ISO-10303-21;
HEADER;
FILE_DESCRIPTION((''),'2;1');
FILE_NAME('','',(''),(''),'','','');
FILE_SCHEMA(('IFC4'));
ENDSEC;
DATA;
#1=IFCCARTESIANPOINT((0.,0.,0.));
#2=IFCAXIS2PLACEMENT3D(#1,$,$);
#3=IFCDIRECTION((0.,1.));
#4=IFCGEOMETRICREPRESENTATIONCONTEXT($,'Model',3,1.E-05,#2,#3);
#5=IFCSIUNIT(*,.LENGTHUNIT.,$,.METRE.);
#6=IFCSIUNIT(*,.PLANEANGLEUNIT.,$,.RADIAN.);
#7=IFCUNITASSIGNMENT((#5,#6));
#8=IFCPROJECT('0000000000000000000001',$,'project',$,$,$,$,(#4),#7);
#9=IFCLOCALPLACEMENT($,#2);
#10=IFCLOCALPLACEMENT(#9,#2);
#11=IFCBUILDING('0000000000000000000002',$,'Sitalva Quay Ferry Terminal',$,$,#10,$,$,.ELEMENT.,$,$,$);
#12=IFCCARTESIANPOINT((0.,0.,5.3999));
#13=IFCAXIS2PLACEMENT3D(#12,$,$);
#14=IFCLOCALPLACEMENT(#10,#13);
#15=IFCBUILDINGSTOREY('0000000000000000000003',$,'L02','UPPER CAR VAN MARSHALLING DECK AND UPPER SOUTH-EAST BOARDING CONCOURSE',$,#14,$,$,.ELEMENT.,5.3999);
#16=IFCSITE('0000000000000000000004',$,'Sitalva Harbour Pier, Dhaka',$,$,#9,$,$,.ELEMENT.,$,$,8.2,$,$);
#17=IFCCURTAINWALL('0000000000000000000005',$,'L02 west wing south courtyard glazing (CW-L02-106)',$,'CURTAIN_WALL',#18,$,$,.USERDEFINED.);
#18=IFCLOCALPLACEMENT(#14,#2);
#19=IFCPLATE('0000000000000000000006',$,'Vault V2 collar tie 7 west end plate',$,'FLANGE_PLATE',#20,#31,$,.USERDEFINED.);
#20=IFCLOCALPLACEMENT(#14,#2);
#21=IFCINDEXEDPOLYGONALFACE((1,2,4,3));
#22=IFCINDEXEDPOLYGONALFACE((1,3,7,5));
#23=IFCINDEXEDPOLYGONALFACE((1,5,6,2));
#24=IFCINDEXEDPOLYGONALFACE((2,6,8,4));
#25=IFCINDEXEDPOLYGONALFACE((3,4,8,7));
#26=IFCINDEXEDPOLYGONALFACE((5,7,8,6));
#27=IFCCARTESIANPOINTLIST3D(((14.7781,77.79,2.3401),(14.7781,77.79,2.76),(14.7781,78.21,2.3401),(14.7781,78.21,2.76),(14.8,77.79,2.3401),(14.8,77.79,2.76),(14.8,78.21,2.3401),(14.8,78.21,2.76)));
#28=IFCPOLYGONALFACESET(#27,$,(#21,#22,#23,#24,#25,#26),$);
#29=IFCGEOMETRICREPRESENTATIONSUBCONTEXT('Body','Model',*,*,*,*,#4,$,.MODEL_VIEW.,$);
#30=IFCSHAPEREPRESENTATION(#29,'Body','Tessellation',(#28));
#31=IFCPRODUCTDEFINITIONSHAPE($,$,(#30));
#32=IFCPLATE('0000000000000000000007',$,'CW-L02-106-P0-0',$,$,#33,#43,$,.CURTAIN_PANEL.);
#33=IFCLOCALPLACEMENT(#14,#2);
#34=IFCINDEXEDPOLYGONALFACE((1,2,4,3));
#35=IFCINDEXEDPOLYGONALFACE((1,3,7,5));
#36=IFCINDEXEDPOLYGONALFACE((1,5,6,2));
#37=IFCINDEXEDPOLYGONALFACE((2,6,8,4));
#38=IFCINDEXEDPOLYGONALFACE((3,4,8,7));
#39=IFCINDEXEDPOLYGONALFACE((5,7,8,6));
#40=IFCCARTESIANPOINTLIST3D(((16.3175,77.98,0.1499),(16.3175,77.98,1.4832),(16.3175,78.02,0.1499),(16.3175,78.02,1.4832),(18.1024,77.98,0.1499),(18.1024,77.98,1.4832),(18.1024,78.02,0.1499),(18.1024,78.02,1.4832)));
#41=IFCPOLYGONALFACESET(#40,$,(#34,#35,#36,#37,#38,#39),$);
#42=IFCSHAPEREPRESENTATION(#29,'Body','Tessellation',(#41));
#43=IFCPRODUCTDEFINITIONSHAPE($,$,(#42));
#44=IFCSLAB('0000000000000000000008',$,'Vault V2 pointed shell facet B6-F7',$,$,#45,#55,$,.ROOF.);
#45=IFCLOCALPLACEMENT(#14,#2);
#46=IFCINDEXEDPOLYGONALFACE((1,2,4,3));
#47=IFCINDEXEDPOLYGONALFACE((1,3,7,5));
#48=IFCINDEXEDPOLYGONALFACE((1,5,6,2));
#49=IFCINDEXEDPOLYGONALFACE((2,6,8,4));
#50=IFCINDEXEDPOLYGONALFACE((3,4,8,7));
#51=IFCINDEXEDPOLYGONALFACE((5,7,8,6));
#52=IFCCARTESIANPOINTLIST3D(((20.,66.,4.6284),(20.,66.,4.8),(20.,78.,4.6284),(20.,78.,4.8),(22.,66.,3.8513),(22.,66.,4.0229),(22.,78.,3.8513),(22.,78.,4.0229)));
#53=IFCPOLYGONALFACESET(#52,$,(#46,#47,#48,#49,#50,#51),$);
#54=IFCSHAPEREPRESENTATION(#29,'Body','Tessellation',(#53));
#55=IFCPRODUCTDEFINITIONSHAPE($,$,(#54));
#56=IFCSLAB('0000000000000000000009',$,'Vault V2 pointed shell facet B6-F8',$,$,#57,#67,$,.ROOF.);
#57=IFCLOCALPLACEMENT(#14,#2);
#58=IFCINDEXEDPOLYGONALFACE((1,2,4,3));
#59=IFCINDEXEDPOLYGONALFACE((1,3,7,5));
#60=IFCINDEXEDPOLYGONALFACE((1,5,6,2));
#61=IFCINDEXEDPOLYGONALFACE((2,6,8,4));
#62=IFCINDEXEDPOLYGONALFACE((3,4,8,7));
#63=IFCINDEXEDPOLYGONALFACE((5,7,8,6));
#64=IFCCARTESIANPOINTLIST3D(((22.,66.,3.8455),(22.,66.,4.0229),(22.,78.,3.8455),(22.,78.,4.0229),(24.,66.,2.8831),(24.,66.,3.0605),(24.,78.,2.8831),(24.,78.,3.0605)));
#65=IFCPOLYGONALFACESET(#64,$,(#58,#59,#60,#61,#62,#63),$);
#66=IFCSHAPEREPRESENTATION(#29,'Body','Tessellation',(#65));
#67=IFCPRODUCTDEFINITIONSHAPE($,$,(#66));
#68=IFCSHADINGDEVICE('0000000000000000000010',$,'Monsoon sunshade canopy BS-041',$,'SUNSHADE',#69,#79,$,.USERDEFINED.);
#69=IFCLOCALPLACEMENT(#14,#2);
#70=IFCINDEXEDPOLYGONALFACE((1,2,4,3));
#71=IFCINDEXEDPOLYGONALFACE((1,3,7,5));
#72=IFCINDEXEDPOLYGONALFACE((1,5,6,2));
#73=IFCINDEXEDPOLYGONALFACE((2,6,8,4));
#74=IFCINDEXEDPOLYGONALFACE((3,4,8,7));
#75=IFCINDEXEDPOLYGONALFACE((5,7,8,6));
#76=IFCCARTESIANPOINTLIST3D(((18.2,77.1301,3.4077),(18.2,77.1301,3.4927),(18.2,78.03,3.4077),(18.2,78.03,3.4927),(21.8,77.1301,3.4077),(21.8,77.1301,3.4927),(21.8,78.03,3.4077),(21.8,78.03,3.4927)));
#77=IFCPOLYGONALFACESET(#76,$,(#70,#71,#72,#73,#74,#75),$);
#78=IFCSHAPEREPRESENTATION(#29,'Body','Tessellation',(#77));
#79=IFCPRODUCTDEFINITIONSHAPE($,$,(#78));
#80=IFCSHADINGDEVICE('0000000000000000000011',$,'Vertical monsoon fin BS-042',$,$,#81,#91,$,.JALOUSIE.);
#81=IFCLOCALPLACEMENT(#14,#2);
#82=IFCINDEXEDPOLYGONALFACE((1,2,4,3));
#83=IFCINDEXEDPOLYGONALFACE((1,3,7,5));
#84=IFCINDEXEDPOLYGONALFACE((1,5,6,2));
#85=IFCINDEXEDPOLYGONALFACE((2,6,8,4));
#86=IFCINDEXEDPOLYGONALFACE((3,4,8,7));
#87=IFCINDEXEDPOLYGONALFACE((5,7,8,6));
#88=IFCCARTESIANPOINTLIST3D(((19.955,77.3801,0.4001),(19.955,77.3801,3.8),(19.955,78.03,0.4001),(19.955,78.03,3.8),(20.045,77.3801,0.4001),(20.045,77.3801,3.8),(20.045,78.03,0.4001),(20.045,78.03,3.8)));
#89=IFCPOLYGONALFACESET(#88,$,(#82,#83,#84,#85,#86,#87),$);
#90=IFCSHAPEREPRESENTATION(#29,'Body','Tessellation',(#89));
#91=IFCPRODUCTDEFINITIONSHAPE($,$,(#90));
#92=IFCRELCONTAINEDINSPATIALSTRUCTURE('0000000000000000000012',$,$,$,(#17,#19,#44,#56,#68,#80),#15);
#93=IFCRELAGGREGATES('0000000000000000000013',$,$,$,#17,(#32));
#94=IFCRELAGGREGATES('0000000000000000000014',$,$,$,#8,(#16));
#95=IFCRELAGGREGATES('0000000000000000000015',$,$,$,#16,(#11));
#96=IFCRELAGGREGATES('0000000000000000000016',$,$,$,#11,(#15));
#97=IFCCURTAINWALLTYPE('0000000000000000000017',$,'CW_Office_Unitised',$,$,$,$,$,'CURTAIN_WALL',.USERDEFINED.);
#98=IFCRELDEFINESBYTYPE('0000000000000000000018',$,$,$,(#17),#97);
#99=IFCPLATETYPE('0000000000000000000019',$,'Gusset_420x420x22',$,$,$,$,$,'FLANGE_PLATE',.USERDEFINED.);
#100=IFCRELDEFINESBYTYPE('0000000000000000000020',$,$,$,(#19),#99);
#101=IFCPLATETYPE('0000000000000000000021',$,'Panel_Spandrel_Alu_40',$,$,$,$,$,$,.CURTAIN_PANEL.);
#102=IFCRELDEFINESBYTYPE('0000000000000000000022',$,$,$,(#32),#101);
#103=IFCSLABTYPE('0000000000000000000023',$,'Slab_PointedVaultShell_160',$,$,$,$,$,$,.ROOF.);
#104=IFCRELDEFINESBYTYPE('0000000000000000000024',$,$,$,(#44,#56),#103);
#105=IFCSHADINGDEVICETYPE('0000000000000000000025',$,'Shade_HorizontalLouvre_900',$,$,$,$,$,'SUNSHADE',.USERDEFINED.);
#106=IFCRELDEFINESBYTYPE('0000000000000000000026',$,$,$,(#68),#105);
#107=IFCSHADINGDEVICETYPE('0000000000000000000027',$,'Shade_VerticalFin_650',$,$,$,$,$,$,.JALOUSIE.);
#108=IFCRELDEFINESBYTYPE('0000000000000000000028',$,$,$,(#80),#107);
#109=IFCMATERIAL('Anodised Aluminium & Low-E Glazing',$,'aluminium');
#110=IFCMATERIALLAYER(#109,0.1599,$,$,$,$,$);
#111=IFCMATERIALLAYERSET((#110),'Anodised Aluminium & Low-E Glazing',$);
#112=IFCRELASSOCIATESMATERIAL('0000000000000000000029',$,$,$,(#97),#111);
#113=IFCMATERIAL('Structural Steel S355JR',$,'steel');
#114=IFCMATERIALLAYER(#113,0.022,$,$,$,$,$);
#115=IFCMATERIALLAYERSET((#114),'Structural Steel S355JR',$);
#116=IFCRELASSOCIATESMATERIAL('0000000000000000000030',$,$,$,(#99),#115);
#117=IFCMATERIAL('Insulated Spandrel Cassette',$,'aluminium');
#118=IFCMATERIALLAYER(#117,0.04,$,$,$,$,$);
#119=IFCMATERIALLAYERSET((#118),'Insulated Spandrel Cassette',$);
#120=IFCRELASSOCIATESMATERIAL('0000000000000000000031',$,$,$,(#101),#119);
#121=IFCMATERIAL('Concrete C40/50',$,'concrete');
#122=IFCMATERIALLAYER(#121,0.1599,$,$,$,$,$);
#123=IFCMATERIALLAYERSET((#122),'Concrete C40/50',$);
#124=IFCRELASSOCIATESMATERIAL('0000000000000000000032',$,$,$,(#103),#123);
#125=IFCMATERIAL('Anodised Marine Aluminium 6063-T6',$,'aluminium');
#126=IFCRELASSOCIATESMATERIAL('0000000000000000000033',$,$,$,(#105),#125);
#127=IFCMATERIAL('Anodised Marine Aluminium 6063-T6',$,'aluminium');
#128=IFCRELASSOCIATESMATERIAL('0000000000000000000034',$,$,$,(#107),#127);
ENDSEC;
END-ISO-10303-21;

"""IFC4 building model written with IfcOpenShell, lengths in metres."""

from ifc_helpers import new_model, si_unit, direction, frame, origin, origin_2d, place, context, subcontext, project, spatial, polyline, rectangle, outline, extrude, material, layer, layer_set, type_object, element, aggregate, save


model = new_model("IFC4")

# Units and contexts
model_context = context("Model", 3, precision=1e-05, world=origin(), true_north=direction((0.0, 1.0)))
body_context = subcontext(model_context, "Body", "Model", "MODEL_VIEW")
ifc_project = project(units=[si_unit("LENGTHUNIT", "METRE"), si_unit("PLANEANGLEUNIT", "RADIAN")], contexts=[model_context])

# Site, building, storey
site_placement = place(None, origin())
site = spatial("IfcSite", under=ifc_project, at=site_placement, Name="Sitalva Harbour Pier, Dhaka", CompositionType="ELEMENT", RefElevation=8.2)
building_placement = place(site_placement, origin())
building = spatial("IfcBuilding", under=site, at=building_placement, Name="Sitalva Quay Ferry Terminal", CompositionType="ELEMENT")
storey_placement = place(building_placement, frame((0.0, 0.0, 5.3999)))
storey = spatial("IfcBuildingStorey", under=building, at=storey_placement, Name="L02", Description="UPPER CAR VAN MARSHALLING DECK AND UPPER SOUTH-EAST BOARDING CONCOURSE", CompositionType="ELEMENT", Elevation=5.3999)

# Curtain wall
ifc_material_1 = material(Name="Anodised Aluminium & Low-E Glazing", Category="aluminium")
ifc_layer_1 = layer(ifc_material_1, 0.1599)
ifc_layer_set_1 = layer_set([ifc_layer_1], Name="Anodised Aluminium & Low-E Glazing")
curtain_wall_type = type_object("IfcCurtainWallType", Name="CW_Office_Unitised", ElementType="CURTAIN_WALL", PredefinedType="USERDEFINED", material=ifc_layer_set_1)
curtain_wall_placement = place(storey_placement, origin())
curtain_wall = element("IfcCurtainWall", 1, at=curtain_wall_placement, inside=storey, type_object=curtain_wall_type, Name="L02 west wing south courtyard glazing (CW-L02-106)", ObjectType="CURTAIN_WALL", PredefinedType="USERDEFINED")

# Plate
ifc_material_2 = material(Name="Structural Steel S355JR", Category="steel")
ifc_layer_2 = layer(ifc_material_2, 0.022)
ifc_layer_set_2 = layer_set([ifc_layer_2], Name="Structural Steel S355JR")
plate_type_1 = type_object("IfcPlateType", Name="Gusset_420x420x22", ElementType="FLANGE_PLATE", PredefinedType="USERDEFINED", material=ifc_layer_set_2)
plate_1_placement = place(storey_placement, frame((14.7891, 78.0, 2.3401), z_axis=(0.0, 0.0, 1.0), x_axis=(1.0, 0.0, 0.0)))
element("IfcPlate", 2, at=plate_1_placement, inside=storey, type_object=plate_type_1, Name="Vault V2 collar tie 7 west end plate", ObjectType="FLANGE_PLATE", PredefinedType="USERDEFINED", context=body_context, shape_type="SweptSolid", body=[
    extrude(rectangle(XDim=0.022, YDim=0.4199, at=origin_2d()), origin(), (0.0, 0.0, 1.0), 0.4199),
])

# Plate
ifc_material_3 = material(Name="Insulated Spandrel Cassette", Category="aluminium")
ifc_layer_3 = layer(ifc_material_3, 0.04)
ifc_layer_set_3 = layer_set([ifc_layer_3], Name="Insulated Spandrel Cassette")
plate_type_2 = type_object("IfcPlateType", Name="Panel_Spandrel_Alu_40", PredefinedType="CURTAIN_PANEL", material=ifc_layer_set_3)
plate_2_placement = place(storey_placement, frame((17.21, 78.0, 0.1499), z_axis=(0.0, 0.0, 1.0), x_axis=(1.0, 0.0, 0.0)))
plate_2 = element("IfcPlate", 3, at=plate_2_placement, type_object=plate_type_2, Name="CW-L02-106-P0-0", PredefinedType="CURTAIN_PANEL", context=body_context, shape_type="SweptSolid", body=[
    extrude(rectangle(XDim=1.7849, YDim=0.04, at=origin_2d()), origin(), (0.0, 0.0, 1.0), 1.3333),
])
aggregate(curtain_wall, [plate_2])

# Slabs
ifc_material_4 = material(Name="Concrete C40/50", Category="concrete")
ifc_layer_4 = layer(ifc_material_4, 0.1599)
ifc_layer_set_4 = layer_set([ifc_layer_4], Name="Concrete C40/50")
slab_type = type_object("IfcSlabType", Name="Slab_PointedVaultShell_160", PredefinedType="ROOF", material=ifc_layer_set_4)
slab_1_placement = place(storey_placement, frame((20.0, 66.0, 4.8), z_axis=(0.362172, 0.0, 0.932111), x_axis=(0.932111, 0.0, -0.362172)))
element("IfcSlab", 4, at=slab_1_placement, inside=storey, type_object=slab_type, Name="Vault V2 pointed shell facet B6-F7", PredefinedType="ROOF", context=body_context, shape_type="SweptSolid", body=[
    extrude(outline(polyline([(0.0, 0.0), (2.1457, 0.0), (2.1457, 12.0), (0.0, 12.0), (0.0, 0.0)])), origin(), (0.362172, 0.0, -0.932111), 0.1716),
])
slab_2_placement = place(storey_placement, frame((22.0, 66.0, 4.0229), z_axis=(0.433611, 0.0, 0.9011), x_axis=(0.9011, 0.0, -0.433611)))
element("IfcSlab", 5, at=slab_2_placement, inside=storey, type_object=slab_type, Name="Vault V2 pointed shell facet B6-F8", PredefinedType="ROOF", context=body_context, shape_type="SweptSolid", body=[
    extrude(outline(polyline([(0.0, 0.0), (2.2195, 0.0), (2.2195, 12.0), (0.0, 12.0), (0.0, 0.0)])), origin(), (0.433611, 0.0, -0.9011), 0.1775),
])

# Shading devices
ifc_material_5 = material(Name="Anodised Marine Aluminium 6063-T6", Category="aluminium")
shading_device_type_1 = type_object("IfcShadingDeviceType", Name="Shade_HorizontalLouvre_900", ElementType="SUNSHADE", PredefinedType="USERDEFINED", material=ifc_material_5)
shading_device_1_placement = place(storey_placement, frame((20.0, 77.5801, 3.4077), z_axis=(0.0, 0.0, 1.0), x_axis=(1.0, 0.0, 0.0)))
element("IfcShadingDevice", 6, at=shading_device_1_placement, inside=storey, type_object=shading_device_type_1, Name="Monsoon sunshade canopy BS-041", ObjectType="SUNSHADE", PredefinedType="USERDEFINED", context=body_context, shape_type="SweptSolid", body=[
    extrude(rectangle(XDim=3.6001, YDim=0.8999, at=origin_2d()), origin(), (0.0, 0.0, 1.0), 0.085),
])
ifc_material_6 = material(Name="Anodised Marine Aluminium 6063-T6", Category="aluminium")
shading_device_type_2 = type_object("IfcShadingDeviceType", Name="Shade_VerticalFin_650", PredefinedType="JALOUSIE", material=ifc_material_6)
shading_device_2_placement = place(storey_placement, frame((20.0, 77.7051, 0.4001), z_axis=(0.0, 0.0, 1.0), x_axis=(1.0, 0.0, 0.0)))
element("IfcShadingDevice", 7, at=shading_device_2_placement, inside=storey, type_object=shading_device_type_2, Name="Vertical monsoon fin BS-042", PredefinedType="JALOUSIE", context=body_context, shape_type="SweptSolid", body=[
    extrude(rectangle(XDim=0.0901, YDim=0.6499, at=origin_2d()), origin(), (0.0, 0.0, 1.0), 3.3999),
])

save(model, "model.ifc")
